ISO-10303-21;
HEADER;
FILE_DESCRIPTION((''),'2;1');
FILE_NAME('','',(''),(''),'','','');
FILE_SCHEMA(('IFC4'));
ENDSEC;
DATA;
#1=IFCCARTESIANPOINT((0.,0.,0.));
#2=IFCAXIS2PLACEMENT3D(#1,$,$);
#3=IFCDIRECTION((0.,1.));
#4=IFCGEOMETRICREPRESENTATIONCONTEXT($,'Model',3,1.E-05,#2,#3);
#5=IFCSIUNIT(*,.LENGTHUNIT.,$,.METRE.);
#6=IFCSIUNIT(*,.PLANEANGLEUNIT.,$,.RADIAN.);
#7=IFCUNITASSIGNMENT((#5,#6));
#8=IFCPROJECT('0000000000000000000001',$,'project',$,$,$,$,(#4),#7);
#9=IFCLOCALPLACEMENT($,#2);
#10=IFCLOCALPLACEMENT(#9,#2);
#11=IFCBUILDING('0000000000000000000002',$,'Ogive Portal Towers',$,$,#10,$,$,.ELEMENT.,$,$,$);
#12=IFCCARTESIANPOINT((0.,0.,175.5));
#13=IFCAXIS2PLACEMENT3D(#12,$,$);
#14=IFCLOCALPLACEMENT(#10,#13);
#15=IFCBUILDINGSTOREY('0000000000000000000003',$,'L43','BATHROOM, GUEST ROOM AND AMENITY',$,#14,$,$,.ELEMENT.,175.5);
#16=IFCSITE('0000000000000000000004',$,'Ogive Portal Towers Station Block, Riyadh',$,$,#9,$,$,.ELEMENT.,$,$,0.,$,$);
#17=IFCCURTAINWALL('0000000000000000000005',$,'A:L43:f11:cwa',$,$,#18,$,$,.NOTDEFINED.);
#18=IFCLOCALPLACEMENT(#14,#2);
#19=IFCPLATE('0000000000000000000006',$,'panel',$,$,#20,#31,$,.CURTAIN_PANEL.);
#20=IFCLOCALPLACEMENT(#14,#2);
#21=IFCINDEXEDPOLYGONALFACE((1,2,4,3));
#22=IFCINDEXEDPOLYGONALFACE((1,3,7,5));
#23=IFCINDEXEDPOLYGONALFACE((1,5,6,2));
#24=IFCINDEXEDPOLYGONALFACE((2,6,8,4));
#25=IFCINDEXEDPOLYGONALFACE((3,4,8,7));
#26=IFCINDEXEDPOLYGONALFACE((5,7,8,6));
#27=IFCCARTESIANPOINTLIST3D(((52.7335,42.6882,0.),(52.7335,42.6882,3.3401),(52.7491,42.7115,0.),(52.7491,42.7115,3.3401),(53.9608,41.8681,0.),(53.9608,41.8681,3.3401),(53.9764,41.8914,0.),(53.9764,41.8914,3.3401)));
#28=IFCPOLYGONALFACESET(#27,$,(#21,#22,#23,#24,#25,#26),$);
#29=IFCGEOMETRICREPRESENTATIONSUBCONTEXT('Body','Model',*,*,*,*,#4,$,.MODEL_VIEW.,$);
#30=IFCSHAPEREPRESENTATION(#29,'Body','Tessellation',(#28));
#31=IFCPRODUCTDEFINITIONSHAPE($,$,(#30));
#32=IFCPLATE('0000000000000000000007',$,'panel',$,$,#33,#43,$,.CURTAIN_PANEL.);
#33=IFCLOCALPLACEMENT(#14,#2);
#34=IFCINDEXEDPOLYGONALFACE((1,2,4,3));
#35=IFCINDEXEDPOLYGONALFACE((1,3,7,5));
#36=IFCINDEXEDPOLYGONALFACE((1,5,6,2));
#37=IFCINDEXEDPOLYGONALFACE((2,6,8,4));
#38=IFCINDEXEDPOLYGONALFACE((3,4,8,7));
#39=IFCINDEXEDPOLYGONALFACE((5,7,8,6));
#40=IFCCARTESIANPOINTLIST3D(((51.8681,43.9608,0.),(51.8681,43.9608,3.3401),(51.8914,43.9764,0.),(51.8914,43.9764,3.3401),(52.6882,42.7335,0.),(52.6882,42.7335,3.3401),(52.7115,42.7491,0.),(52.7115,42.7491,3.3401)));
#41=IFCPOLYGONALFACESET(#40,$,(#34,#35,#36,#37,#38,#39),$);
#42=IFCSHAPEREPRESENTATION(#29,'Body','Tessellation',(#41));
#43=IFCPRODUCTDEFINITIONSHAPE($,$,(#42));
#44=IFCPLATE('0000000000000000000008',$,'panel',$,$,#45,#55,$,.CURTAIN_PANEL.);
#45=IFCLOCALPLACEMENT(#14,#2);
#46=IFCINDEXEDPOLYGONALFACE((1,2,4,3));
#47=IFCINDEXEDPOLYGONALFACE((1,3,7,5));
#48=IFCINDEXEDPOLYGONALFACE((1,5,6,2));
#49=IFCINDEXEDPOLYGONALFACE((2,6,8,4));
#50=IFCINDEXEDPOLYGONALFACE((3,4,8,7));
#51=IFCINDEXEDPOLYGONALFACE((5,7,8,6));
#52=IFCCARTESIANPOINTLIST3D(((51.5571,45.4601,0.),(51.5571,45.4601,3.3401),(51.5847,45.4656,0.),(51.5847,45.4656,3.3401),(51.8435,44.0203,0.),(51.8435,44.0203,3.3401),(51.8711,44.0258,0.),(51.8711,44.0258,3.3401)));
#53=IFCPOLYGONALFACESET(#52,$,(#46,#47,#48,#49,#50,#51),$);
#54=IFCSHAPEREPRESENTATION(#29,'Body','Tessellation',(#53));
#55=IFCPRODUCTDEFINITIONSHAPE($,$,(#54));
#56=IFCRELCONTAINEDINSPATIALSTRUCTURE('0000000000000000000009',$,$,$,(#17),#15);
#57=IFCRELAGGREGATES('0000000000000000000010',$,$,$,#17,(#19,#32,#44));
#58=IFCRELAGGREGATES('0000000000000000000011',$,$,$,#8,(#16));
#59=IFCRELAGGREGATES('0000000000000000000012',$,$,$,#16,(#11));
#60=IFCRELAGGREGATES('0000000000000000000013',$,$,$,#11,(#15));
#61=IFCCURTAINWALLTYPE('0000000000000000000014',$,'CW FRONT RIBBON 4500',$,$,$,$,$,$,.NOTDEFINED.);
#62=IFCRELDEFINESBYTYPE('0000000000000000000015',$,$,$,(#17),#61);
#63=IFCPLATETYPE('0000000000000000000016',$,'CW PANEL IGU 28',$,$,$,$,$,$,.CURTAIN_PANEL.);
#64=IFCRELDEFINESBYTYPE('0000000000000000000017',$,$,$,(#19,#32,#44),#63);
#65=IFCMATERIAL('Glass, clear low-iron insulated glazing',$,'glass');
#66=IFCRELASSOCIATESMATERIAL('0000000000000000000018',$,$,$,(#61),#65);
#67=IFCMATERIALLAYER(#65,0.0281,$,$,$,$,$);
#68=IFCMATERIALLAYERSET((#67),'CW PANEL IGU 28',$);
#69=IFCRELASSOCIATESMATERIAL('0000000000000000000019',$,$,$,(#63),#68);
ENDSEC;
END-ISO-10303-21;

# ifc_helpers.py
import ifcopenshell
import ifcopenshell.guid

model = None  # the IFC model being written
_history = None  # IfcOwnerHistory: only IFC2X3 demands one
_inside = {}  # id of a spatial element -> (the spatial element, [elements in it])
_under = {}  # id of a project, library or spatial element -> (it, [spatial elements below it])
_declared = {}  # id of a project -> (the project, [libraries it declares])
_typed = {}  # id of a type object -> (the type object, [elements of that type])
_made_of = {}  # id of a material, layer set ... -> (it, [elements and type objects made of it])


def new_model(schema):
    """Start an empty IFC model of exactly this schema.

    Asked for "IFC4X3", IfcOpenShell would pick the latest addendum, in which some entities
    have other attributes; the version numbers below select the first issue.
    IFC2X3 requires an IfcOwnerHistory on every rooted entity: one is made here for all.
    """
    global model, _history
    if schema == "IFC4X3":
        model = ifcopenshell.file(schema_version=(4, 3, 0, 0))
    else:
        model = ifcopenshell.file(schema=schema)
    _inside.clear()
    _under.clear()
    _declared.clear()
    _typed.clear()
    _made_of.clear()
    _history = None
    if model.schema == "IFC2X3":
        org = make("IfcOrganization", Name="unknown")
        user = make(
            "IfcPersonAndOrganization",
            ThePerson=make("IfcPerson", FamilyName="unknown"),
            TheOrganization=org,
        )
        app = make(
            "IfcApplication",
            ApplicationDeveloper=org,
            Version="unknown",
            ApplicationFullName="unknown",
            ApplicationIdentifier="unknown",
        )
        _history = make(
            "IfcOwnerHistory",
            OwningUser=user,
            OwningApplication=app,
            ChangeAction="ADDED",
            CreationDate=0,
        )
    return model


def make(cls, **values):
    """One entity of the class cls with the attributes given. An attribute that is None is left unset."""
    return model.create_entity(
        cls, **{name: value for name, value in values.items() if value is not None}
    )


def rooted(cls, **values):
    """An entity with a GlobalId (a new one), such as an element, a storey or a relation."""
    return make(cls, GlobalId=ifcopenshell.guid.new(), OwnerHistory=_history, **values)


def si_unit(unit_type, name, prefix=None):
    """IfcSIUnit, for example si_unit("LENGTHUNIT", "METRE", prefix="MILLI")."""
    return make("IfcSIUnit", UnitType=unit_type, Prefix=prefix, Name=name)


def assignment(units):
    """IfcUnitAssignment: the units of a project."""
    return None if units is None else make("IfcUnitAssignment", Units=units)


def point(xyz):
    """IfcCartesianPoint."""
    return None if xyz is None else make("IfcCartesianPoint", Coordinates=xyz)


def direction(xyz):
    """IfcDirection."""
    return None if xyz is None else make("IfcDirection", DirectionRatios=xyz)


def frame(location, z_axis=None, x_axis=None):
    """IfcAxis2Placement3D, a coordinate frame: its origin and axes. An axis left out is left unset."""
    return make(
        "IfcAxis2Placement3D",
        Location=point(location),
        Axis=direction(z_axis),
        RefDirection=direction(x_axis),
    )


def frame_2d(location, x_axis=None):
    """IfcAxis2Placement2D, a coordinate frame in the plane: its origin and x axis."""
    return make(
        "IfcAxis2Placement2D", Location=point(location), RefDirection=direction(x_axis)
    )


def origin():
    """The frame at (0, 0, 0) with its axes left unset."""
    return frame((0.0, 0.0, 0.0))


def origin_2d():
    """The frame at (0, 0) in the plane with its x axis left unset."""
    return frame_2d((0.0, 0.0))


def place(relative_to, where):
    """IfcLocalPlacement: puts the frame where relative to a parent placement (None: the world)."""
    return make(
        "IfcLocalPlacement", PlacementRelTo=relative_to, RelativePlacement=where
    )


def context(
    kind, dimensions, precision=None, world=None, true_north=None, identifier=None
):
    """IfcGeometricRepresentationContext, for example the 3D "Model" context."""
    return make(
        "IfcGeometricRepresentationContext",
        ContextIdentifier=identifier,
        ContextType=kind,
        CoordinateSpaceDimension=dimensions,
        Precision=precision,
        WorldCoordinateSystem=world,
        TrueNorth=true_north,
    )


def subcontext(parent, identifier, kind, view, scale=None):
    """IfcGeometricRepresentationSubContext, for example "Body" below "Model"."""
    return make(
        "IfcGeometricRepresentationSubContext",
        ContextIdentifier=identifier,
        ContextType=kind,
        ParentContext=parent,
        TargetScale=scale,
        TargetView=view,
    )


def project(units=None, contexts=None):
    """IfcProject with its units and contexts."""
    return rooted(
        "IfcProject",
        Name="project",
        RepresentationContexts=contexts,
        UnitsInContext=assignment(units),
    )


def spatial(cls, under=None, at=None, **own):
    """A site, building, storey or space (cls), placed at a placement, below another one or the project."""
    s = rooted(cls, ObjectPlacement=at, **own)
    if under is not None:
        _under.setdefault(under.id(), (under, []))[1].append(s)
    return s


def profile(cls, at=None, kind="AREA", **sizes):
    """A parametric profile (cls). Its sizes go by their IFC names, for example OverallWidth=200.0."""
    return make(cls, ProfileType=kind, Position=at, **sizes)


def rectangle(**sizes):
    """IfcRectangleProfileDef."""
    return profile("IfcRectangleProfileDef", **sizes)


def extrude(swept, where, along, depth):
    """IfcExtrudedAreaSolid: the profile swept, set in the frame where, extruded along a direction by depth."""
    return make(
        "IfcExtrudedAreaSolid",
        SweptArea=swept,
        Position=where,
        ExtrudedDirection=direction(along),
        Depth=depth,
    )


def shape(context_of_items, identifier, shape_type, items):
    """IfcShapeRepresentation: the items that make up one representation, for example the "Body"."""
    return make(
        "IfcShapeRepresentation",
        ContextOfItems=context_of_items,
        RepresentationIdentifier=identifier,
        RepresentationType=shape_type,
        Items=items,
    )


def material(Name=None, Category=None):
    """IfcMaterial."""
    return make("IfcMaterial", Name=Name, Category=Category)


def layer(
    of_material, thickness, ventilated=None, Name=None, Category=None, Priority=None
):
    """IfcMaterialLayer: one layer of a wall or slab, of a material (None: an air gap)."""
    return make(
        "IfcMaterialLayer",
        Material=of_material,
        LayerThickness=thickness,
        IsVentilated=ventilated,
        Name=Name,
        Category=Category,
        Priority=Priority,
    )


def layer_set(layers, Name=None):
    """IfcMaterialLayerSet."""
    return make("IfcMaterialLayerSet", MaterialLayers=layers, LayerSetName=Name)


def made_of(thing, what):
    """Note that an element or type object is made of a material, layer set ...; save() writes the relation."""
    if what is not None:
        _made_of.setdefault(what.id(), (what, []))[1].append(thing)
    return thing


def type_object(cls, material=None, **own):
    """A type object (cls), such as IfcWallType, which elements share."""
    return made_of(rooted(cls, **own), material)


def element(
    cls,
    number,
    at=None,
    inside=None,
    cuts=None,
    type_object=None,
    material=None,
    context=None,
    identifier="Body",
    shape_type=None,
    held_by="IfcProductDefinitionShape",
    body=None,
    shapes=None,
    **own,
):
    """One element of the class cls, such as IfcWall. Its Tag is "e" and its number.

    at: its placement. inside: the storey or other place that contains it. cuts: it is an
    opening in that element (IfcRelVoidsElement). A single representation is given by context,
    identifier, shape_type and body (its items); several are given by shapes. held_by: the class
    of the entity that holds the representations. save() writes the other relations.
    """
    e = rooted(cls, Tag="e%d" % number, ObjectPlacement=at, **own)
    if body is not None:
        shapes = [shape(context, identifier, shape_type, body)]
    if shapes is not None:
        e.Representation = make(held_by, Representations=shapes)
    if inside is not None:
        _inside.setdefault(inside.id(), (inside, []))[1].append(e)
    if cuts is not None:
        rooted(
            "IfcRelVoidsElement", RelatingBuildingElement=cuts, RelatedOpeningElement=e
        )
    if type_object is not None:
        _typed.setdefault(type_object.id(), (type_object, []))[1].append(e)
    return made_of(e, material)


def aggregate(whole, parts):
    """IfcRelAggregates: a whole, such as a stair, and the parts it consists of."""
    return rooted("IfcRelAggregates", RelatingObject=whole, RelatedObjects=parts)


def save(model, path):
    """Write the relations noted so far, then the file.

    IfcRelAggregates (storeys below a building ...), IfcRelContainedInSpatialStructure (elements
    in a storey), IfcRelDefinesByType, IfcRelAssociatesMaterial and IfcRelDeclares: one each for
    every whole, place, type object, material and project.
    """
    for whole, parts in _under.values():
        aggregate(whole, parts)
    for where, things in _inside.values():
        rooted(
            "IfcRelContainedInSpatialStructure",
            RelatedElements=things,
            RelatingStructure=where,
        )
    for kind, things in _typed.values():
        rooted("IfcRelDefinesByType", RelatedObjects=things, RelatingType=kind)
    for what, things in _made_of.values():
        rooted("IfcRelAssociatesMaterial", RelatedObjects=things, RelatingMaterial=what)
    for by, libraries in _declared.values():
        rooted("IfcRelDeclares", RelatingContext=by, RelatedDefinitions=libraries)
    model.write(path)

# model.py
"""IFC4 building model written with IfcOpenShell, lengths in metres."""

from ifc_helpers import new_model, si_unit, direction, frame, origin, origin_2d, place, context, subcontext, project, spatial, rectangle, extrude, material, layer, layer_set, type_object, element, aggregate, save


model = new_model("IFC4")

# Units and contexts
model_context = context("Model", 3, precision=1e-05, world=origin(), true_north=direction((0.0, 1.0)))
body_context = subcontext(model_context, "Body", "Model", "MODEL_VIEW")
ifc_project = project(units=[si_unit("LENGTHUNIT", "METRE"), si_unit("PLANEANGLEUNIT", "RADIAN")], contexts=[model_context])

# Site, building, storey
site_placement = place(None, origin())
site = spatial("IfcSite", under=ifc_project, at=site_placement, Name="Ogive Portal Towers Station Block, Riyadh", CompositionType="ELEMENT", RefElevation=0.0)
building_placement = place(site_placement, origin())
building = spatial("IfcBuilding", under=site, at=building_placement, Name="Ogive Portal Towers", CompositionType="ELEMENT")
storey_placement = place(building_placement, frame((0.0, 0.0, 175.5)))
storey = spatial("IfcBuildingStorey", under=building, at=storey_placement, Name="L43", Description="BATHROOM, GUEST ROOM AND AMENITY", CompositionType="ELEMENT", Elevation=175.5)

# Curtain wall
ifc_material_1 = material(Name="Glass, clear low-iron insulated glazing", Category="glass")
curtain_wall_type = type_object("IfcCurtainWallType", Name="CW FRONT RIBBON 4500", PredefinedType="NOTDEFINED", material=ifc_material_1)
curtain_wall_1_placement = place(storey_placement, origin())
curtain_wall_1 = element("IfcCurtainWall", 1, at=curtain_wall_1_placement, inside=storey, type_object=curtain_wall_type, Name="A:L43:f11:cwa", PredefinedType="NOTDEFINED")

# Plates
ifc_layer = layer(ifc_material_1, 0.0281)
ifc_layer_set = layer_set([ifc_layer], Name="CW PANEL IGU 28")
plate_type = type_object("IfcPlateType", Name="CW PANEL IGU 28", PredefinedType="CURTAIN_PANEL", material=ifc_layer_set)
plate_1_placement = place(storey_placement, frame((53.355, 42.2898, 0.0), z_axis=(0.0, 0.0, 1.0), x_axis=(-0.83147, 0.55557, 0.0)))
plate_1 = element("IfcPlate", 2, at=plate_1_placement, type_object=plate_type, Name="panel", PredefinedType="CURTAIN_PANEL", context=body_context, shape_type="SweptSolid", body=[
    extrude(rectangle(XDim=1.4761, YDim=0.0281, at=origin_2d()), origin(), (0.0, 0.0, 1.0), 3.3401),
])
plate_2_placement = place(storey_placement, frame((52.2898, 43.355, 0.0), z_axis=(0.0, 0.0, 1.0), x_axis=(-0.55557, 0.83147, 0.0)))
plate_2 = element("IfcPlate", 3, at=plate_2_placement, type_object=plate_type, Name="panel", PredefinedType="CURTAIN_PANEL", context=body_context, shape_type="SweptSolid", body=[
    extrude(rectangle(XDim=1.4761, YDim=0.0281, at=origin_2d()), origin(), (0.0, 0.0, 1.0), 3.3401),
])
plate_3_placement = place(storey_placement, frame((51.7141, 44.7429, 0.0), z_axis=(0.0, 0.0, 1.0), x_axis=(-0.19509, 0.980785, 0.0)))
plate_3 = element("IfcPlate", 4, at=plate_3_placement, type_object=plate_type, Name="panel", PredefinedType="CURTAIN_PANEL", context=body_context, shape_type="SweptSolid", body=[
    extrude(rectangle(XDim=1.468, YDim=0.0281, at=origin_2d()), origin(), (0.0, 0.0, 1.0), 3.3401),
])
aggregate(curtain_wall_1, [plate_1, plate_2, plate_3])

save(model, "model.ifc")
